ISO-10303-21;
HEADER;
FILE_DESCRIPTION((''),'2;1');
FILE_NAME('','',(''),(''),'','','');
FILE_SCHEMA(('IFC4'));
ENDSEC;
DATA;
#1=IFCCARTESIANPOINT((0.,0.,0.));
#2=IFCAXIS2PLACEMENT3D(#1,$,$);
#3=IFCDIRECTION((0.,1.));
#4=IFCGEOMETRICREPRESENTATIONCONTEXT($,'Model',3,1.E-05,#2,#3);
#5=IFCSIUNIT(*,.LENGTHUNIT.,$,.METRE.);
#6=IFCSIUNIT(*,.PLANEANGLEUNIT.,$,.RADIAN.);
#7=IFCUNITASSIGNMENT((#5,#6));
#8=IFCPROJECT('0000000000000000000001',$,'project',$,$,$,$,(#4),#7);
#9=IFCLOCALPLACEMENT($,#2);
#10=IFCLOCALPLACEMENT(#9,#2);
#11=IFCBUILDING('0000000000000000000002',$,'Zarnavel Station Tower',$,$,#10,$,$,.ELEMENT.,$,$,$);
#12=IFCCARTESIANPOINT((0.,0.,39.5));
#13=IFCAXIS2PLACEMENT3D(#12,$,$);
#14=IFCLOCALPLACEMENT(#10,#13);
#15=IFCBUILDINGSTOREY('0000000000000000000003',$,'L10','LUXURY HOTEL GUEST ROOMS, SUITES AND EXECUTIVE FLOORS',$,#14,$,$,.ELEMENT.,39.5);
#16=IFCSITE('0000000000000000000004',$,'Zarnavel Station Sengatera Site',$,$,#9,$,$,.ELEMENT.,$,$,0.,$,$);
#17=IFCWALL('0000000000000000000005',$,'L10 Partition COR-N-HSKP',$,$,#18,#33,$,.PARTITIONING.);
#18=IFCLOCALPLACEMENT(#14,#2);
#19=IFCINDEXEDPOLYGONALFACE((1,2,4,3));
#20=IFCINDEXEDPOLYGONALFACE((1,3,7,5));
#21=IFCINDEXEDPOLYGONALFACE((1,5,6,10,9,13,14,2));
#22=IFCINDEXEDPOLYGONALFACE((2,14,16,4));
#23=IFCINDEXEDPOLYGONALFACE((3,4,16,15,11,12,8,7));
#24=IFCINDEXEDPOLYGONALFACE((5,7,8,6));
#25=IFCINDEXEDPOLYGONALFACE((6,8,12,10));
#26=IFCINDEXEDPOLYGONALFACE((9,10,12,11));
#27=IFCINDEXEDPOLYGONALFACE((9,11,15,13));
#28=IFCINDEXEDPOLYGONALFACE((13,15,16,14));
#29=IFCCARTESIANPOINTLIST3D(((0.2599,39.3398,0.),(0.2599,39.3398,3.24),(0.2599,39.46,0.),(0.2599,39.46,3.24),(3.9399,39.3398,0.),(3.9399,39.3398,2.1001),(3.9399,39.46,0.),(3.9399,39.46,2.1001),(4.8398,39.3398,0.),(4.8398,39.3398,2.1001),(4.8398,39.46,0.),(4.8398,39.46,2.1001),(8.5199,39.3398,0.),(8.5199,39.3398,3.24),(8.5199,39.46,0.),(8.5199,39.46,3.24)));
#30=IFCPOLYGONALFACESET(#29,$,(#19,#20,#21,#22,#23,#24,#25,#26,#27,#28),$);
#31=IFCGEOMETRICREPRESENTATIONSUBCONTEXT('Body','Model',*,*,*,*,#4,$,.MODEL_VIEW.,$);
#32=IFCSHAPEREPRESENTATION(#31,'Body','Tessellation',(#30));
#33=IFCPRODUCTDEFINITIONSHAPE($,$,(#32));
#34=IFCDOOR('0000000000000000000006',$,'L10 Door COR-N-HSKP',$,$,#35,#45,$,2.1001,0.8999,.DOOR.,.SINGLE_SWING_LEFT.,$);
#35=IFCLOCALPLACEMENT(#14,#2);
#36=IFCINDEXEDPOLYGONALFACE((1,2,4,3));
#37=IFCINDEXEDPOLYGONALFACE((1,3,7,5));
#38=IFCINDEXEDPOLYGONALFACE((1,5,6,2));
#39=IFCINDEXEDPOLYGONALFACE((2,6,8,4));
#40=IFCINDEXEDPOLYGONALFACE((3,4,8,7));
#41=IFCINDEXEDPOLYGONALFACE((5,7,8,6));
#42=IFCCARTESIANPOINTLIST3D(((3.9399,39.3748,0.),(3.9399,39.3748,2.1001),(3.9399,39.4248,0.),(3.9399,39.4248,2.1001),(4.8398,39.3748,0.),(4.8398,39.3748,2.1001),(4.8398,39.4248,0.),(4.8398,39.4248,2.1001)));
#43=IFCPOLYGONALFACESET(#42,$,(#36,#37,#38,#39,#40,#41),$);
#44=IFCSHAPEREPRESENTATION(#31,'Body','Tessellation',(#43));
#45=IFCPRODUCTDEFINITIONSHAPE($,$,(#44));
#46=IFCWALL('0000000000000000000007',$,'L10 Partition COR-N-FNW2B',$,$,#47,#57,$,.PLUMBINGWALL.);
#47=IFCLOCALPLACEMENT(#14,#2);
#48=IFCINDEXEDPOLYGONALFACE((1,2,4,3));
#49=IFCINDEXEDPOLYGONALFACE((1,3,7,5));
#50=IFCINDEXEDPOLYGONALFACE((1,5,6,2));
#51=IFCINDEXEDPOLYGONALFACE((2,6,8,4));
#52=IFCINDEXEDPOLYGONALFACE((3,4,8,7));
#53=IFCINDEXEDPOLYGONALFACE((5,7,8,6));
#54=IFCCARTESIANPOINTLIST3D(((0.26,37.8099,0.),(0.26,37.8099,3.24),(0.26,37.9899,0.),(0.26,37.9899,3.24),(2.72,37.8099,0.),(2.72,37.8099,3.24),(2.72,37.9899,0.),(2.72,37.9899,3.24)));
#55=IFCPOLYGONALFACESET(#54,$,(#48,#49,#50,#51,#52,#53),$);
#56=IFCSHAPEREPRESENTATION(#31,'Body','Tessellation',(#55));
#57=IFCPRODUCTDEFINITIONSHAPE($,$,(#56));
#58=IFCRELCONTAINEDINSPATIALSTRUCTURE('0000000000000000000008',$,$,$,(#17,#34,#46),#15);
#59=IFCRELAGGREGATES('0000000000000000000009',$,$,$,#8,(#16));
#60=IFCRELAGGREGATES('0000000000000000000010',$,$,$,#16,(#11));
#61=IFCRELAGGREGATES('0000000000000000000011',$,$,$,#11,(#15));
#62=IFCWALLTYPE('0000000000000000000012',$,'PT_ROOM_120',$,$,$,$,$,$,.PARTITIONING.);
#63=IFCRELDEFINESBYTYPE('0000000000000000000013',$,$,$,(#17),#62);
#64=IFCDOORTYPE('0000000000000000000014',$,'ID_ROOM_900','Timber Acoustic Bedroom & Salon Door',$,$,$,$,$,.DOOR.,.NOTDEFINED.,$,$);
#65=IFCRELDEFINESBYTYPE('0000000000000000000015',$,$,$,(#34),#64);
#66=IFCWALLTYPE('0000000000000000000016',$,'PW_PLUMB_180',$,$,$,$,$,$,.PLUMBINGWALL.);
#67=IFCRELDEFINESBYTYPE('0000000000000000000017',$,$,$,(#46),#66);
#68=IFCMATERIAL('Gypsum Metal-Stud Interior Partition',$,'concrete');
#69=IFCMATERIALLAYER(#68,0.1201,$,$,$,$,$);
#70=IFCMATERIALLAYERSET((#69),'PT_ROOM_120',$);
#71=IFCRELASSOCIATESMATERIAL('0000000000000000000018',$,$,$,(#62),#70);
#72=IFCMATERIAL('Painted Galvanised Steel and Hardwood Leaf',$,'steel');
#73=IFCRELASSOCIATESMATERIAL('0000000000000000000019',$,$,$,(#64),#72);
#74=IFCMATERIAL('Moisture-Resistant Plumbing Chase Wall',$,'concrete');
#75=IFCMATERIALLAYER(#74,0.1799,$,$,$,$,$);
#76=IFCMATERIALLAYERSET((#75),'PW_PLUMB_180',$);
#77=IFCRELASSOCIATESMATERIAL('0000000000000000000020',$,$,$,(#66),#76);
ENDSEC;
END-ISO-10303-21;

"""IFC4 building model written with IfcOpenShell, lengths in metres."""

from ifc_helpers import new_model, si_unit, direction, frame, frame_2d, origin, place, context, subcontext, project, spatial, rectangle, extrude, material, layer, layer_set, type_object, element, fill, save


model = new_model("IFC4")

# Units and contexts
model_context = context("Model", 3, precision=1e-05, world=origin(), true_north=direction((0.0, 1.0)))
body_context = subcontext(model_context, "Body", "Model", "MODEL_VIEW")
ifc_project = project(units=[si_unit("LENGTHUNIT", "METRE"), si_unit("PLANEANGLEUNIT", "RADIAN")], contexts=[model_context])

# Site, building, storey
site_placement = place(None, origin())
site = spatial("IfcSite", under=ifc_project, at=site_placement, Name="Zarnavel Station Sengatera Site", CompositionType="ELEMENT", RefElevation=0.0)
building_placement = place(site_placement, origin())
building = spatial("IfcBuilding", under=site, at=building_placement, Name="Zarnavel Station Tower", CompositionType="ELEMENT")
storey_placement = place(building_placement, frame((0.0, 0.0, 39.5)))
storey = spatial("IfcBuildingStorey", under=building, at=storey_placement, Name="L10", Description="LUXURY HOTEL GUEST ROOMS, SUITES AND EXECUTIVE FLOORS", CompositionType="ELEMENT", Elevation=39.5)

# Wall, opening, door
ifc_material_1 = material(Name="Gypsum Metal-Stud Interior Partition", Category="concrete")
ifc_layer_1 = layer(ifc_material_1, 0.1201)
ifc_layer_set_1 = layer_set([ifc_layer_1], Name="PT_ROOM_120")
wall_type_1 = type_object("IfcWallType", Name="PT_ROOM_120", PredefinedType="PARTITIONING", material=ifc_layer_set_1)
wall_1_placement = place(storey_placement, frame((0.26, 39.3999, 0.0), z_axis=(0.0, 0.0, 1.0), x_axis=(1.0, 0.0, 0.0)))
wall_1 = element("IfcWall", 1, at=wall_1_placement, inside=storey, type_object=wall_type_1, Name="L10 Partition COR-N-HSKP", PredefinedType="PARTITIONING", context=body_context, shape_type="SweptSolid", body=[
    extrude(rectangle(XDim=8.26, YDim=0.1201, at=frame_2d((4.1299, 0.0))), origin(), (0.0, 0.0, 1.0), 3.24),
])
opening_1_placement = place(wall_1_placement, frame((3.6799, 0.0, 0.0)))
opening_1 = element("IfcOpeningElement", 2, at=opening_1_placement, cuts=wall_1, PredefinedType="OPENING", context=body_context, shape_type="SweptSolid", body=[
    extrude(rectangle(XDim=0.8999, YDim=2.1001, at=frame_2d((0.45, 1.05))), frame((0.0, 0.0701, 0.0), z_axis=(0.0, -1.0, 0.0), x_axis=(1.0, 0.0, 0.0)), (0.0, 0.0, 1.0), 0.1401),
])
ifc_material_2 = material(Name="Painted Galvanised Steel and Hardwood Leaf", Category="steel")
door_type = type_object("IfcDoorType", Name="ID_ROOM_900", Description="Timber Acoustic Bedroom & Salon Door", OperationType="NOTDEFINED", PredefinedType="DOOR", material=ifc_material_2)
door_placement = place(opening_1_placement, origin())
door = element("IfcDoor", 3, at=door_placement, inside=storey, type_object=door_type, Name="L10 Door COR-N-HSKP", OperationType="SINGLE_SWING_LEFT", OverallHeight=2.1001, OverallWidth=0.8999, PredefinedType="DOOR", context=body_context, shape_type="SweptSolid", body=[
    extrude(rectangle(XDim=0.8999, YDim=2.1001, at=frame_2d((0.45, 1.05))), frame((0.0, 0.0249, 0.0), z_axis=(0.0, -1.0, 0.0), x_axis=(1.0, 0.0, 0.0)), (0.0, 0.0, 1.0), 0.05),
])
fill(opening_1, door)

# Wall
ifc_material_3 = material(Name="Moisture-Resistant Plumbing Chase Wall", Category="concrete")
ifc_layer_2 = layer(ifc_material_3, 0.1799)
ifc_layer_set_2 = layer_set([ifc_layer_2], Name="PW_PLUMB_180")
wall_type_2 = type_object("IfcWallType", Name="PW_PLUMB_180", PredefinedType="PLUMBINGWALL", material=ifc_layer_set_2)
wall_2_placement = place(storey_placement, frame((0.26, 37.8999, 0.0), z_axis=(0.0, 0.0, 1.0), x_axis=(1.0, 0.0, 0.0)))
element("IfcWall", 4, at=wall_2_placement, inside=storey, type_object=wall_type_2, Name="L10 Partition COR-N-FNW2B", PredefinedType="PLUMBINGWALL", context=body_context, shape_type="SweptSolid", body=[
    extrude(rectangle(XDim=2.46, YDim=0.1799, at=frame_2d((1.23, 0.0))), origin(), (0.0, 0.0, 1.0), 3.24),
])

save(model, "model.ifc")
